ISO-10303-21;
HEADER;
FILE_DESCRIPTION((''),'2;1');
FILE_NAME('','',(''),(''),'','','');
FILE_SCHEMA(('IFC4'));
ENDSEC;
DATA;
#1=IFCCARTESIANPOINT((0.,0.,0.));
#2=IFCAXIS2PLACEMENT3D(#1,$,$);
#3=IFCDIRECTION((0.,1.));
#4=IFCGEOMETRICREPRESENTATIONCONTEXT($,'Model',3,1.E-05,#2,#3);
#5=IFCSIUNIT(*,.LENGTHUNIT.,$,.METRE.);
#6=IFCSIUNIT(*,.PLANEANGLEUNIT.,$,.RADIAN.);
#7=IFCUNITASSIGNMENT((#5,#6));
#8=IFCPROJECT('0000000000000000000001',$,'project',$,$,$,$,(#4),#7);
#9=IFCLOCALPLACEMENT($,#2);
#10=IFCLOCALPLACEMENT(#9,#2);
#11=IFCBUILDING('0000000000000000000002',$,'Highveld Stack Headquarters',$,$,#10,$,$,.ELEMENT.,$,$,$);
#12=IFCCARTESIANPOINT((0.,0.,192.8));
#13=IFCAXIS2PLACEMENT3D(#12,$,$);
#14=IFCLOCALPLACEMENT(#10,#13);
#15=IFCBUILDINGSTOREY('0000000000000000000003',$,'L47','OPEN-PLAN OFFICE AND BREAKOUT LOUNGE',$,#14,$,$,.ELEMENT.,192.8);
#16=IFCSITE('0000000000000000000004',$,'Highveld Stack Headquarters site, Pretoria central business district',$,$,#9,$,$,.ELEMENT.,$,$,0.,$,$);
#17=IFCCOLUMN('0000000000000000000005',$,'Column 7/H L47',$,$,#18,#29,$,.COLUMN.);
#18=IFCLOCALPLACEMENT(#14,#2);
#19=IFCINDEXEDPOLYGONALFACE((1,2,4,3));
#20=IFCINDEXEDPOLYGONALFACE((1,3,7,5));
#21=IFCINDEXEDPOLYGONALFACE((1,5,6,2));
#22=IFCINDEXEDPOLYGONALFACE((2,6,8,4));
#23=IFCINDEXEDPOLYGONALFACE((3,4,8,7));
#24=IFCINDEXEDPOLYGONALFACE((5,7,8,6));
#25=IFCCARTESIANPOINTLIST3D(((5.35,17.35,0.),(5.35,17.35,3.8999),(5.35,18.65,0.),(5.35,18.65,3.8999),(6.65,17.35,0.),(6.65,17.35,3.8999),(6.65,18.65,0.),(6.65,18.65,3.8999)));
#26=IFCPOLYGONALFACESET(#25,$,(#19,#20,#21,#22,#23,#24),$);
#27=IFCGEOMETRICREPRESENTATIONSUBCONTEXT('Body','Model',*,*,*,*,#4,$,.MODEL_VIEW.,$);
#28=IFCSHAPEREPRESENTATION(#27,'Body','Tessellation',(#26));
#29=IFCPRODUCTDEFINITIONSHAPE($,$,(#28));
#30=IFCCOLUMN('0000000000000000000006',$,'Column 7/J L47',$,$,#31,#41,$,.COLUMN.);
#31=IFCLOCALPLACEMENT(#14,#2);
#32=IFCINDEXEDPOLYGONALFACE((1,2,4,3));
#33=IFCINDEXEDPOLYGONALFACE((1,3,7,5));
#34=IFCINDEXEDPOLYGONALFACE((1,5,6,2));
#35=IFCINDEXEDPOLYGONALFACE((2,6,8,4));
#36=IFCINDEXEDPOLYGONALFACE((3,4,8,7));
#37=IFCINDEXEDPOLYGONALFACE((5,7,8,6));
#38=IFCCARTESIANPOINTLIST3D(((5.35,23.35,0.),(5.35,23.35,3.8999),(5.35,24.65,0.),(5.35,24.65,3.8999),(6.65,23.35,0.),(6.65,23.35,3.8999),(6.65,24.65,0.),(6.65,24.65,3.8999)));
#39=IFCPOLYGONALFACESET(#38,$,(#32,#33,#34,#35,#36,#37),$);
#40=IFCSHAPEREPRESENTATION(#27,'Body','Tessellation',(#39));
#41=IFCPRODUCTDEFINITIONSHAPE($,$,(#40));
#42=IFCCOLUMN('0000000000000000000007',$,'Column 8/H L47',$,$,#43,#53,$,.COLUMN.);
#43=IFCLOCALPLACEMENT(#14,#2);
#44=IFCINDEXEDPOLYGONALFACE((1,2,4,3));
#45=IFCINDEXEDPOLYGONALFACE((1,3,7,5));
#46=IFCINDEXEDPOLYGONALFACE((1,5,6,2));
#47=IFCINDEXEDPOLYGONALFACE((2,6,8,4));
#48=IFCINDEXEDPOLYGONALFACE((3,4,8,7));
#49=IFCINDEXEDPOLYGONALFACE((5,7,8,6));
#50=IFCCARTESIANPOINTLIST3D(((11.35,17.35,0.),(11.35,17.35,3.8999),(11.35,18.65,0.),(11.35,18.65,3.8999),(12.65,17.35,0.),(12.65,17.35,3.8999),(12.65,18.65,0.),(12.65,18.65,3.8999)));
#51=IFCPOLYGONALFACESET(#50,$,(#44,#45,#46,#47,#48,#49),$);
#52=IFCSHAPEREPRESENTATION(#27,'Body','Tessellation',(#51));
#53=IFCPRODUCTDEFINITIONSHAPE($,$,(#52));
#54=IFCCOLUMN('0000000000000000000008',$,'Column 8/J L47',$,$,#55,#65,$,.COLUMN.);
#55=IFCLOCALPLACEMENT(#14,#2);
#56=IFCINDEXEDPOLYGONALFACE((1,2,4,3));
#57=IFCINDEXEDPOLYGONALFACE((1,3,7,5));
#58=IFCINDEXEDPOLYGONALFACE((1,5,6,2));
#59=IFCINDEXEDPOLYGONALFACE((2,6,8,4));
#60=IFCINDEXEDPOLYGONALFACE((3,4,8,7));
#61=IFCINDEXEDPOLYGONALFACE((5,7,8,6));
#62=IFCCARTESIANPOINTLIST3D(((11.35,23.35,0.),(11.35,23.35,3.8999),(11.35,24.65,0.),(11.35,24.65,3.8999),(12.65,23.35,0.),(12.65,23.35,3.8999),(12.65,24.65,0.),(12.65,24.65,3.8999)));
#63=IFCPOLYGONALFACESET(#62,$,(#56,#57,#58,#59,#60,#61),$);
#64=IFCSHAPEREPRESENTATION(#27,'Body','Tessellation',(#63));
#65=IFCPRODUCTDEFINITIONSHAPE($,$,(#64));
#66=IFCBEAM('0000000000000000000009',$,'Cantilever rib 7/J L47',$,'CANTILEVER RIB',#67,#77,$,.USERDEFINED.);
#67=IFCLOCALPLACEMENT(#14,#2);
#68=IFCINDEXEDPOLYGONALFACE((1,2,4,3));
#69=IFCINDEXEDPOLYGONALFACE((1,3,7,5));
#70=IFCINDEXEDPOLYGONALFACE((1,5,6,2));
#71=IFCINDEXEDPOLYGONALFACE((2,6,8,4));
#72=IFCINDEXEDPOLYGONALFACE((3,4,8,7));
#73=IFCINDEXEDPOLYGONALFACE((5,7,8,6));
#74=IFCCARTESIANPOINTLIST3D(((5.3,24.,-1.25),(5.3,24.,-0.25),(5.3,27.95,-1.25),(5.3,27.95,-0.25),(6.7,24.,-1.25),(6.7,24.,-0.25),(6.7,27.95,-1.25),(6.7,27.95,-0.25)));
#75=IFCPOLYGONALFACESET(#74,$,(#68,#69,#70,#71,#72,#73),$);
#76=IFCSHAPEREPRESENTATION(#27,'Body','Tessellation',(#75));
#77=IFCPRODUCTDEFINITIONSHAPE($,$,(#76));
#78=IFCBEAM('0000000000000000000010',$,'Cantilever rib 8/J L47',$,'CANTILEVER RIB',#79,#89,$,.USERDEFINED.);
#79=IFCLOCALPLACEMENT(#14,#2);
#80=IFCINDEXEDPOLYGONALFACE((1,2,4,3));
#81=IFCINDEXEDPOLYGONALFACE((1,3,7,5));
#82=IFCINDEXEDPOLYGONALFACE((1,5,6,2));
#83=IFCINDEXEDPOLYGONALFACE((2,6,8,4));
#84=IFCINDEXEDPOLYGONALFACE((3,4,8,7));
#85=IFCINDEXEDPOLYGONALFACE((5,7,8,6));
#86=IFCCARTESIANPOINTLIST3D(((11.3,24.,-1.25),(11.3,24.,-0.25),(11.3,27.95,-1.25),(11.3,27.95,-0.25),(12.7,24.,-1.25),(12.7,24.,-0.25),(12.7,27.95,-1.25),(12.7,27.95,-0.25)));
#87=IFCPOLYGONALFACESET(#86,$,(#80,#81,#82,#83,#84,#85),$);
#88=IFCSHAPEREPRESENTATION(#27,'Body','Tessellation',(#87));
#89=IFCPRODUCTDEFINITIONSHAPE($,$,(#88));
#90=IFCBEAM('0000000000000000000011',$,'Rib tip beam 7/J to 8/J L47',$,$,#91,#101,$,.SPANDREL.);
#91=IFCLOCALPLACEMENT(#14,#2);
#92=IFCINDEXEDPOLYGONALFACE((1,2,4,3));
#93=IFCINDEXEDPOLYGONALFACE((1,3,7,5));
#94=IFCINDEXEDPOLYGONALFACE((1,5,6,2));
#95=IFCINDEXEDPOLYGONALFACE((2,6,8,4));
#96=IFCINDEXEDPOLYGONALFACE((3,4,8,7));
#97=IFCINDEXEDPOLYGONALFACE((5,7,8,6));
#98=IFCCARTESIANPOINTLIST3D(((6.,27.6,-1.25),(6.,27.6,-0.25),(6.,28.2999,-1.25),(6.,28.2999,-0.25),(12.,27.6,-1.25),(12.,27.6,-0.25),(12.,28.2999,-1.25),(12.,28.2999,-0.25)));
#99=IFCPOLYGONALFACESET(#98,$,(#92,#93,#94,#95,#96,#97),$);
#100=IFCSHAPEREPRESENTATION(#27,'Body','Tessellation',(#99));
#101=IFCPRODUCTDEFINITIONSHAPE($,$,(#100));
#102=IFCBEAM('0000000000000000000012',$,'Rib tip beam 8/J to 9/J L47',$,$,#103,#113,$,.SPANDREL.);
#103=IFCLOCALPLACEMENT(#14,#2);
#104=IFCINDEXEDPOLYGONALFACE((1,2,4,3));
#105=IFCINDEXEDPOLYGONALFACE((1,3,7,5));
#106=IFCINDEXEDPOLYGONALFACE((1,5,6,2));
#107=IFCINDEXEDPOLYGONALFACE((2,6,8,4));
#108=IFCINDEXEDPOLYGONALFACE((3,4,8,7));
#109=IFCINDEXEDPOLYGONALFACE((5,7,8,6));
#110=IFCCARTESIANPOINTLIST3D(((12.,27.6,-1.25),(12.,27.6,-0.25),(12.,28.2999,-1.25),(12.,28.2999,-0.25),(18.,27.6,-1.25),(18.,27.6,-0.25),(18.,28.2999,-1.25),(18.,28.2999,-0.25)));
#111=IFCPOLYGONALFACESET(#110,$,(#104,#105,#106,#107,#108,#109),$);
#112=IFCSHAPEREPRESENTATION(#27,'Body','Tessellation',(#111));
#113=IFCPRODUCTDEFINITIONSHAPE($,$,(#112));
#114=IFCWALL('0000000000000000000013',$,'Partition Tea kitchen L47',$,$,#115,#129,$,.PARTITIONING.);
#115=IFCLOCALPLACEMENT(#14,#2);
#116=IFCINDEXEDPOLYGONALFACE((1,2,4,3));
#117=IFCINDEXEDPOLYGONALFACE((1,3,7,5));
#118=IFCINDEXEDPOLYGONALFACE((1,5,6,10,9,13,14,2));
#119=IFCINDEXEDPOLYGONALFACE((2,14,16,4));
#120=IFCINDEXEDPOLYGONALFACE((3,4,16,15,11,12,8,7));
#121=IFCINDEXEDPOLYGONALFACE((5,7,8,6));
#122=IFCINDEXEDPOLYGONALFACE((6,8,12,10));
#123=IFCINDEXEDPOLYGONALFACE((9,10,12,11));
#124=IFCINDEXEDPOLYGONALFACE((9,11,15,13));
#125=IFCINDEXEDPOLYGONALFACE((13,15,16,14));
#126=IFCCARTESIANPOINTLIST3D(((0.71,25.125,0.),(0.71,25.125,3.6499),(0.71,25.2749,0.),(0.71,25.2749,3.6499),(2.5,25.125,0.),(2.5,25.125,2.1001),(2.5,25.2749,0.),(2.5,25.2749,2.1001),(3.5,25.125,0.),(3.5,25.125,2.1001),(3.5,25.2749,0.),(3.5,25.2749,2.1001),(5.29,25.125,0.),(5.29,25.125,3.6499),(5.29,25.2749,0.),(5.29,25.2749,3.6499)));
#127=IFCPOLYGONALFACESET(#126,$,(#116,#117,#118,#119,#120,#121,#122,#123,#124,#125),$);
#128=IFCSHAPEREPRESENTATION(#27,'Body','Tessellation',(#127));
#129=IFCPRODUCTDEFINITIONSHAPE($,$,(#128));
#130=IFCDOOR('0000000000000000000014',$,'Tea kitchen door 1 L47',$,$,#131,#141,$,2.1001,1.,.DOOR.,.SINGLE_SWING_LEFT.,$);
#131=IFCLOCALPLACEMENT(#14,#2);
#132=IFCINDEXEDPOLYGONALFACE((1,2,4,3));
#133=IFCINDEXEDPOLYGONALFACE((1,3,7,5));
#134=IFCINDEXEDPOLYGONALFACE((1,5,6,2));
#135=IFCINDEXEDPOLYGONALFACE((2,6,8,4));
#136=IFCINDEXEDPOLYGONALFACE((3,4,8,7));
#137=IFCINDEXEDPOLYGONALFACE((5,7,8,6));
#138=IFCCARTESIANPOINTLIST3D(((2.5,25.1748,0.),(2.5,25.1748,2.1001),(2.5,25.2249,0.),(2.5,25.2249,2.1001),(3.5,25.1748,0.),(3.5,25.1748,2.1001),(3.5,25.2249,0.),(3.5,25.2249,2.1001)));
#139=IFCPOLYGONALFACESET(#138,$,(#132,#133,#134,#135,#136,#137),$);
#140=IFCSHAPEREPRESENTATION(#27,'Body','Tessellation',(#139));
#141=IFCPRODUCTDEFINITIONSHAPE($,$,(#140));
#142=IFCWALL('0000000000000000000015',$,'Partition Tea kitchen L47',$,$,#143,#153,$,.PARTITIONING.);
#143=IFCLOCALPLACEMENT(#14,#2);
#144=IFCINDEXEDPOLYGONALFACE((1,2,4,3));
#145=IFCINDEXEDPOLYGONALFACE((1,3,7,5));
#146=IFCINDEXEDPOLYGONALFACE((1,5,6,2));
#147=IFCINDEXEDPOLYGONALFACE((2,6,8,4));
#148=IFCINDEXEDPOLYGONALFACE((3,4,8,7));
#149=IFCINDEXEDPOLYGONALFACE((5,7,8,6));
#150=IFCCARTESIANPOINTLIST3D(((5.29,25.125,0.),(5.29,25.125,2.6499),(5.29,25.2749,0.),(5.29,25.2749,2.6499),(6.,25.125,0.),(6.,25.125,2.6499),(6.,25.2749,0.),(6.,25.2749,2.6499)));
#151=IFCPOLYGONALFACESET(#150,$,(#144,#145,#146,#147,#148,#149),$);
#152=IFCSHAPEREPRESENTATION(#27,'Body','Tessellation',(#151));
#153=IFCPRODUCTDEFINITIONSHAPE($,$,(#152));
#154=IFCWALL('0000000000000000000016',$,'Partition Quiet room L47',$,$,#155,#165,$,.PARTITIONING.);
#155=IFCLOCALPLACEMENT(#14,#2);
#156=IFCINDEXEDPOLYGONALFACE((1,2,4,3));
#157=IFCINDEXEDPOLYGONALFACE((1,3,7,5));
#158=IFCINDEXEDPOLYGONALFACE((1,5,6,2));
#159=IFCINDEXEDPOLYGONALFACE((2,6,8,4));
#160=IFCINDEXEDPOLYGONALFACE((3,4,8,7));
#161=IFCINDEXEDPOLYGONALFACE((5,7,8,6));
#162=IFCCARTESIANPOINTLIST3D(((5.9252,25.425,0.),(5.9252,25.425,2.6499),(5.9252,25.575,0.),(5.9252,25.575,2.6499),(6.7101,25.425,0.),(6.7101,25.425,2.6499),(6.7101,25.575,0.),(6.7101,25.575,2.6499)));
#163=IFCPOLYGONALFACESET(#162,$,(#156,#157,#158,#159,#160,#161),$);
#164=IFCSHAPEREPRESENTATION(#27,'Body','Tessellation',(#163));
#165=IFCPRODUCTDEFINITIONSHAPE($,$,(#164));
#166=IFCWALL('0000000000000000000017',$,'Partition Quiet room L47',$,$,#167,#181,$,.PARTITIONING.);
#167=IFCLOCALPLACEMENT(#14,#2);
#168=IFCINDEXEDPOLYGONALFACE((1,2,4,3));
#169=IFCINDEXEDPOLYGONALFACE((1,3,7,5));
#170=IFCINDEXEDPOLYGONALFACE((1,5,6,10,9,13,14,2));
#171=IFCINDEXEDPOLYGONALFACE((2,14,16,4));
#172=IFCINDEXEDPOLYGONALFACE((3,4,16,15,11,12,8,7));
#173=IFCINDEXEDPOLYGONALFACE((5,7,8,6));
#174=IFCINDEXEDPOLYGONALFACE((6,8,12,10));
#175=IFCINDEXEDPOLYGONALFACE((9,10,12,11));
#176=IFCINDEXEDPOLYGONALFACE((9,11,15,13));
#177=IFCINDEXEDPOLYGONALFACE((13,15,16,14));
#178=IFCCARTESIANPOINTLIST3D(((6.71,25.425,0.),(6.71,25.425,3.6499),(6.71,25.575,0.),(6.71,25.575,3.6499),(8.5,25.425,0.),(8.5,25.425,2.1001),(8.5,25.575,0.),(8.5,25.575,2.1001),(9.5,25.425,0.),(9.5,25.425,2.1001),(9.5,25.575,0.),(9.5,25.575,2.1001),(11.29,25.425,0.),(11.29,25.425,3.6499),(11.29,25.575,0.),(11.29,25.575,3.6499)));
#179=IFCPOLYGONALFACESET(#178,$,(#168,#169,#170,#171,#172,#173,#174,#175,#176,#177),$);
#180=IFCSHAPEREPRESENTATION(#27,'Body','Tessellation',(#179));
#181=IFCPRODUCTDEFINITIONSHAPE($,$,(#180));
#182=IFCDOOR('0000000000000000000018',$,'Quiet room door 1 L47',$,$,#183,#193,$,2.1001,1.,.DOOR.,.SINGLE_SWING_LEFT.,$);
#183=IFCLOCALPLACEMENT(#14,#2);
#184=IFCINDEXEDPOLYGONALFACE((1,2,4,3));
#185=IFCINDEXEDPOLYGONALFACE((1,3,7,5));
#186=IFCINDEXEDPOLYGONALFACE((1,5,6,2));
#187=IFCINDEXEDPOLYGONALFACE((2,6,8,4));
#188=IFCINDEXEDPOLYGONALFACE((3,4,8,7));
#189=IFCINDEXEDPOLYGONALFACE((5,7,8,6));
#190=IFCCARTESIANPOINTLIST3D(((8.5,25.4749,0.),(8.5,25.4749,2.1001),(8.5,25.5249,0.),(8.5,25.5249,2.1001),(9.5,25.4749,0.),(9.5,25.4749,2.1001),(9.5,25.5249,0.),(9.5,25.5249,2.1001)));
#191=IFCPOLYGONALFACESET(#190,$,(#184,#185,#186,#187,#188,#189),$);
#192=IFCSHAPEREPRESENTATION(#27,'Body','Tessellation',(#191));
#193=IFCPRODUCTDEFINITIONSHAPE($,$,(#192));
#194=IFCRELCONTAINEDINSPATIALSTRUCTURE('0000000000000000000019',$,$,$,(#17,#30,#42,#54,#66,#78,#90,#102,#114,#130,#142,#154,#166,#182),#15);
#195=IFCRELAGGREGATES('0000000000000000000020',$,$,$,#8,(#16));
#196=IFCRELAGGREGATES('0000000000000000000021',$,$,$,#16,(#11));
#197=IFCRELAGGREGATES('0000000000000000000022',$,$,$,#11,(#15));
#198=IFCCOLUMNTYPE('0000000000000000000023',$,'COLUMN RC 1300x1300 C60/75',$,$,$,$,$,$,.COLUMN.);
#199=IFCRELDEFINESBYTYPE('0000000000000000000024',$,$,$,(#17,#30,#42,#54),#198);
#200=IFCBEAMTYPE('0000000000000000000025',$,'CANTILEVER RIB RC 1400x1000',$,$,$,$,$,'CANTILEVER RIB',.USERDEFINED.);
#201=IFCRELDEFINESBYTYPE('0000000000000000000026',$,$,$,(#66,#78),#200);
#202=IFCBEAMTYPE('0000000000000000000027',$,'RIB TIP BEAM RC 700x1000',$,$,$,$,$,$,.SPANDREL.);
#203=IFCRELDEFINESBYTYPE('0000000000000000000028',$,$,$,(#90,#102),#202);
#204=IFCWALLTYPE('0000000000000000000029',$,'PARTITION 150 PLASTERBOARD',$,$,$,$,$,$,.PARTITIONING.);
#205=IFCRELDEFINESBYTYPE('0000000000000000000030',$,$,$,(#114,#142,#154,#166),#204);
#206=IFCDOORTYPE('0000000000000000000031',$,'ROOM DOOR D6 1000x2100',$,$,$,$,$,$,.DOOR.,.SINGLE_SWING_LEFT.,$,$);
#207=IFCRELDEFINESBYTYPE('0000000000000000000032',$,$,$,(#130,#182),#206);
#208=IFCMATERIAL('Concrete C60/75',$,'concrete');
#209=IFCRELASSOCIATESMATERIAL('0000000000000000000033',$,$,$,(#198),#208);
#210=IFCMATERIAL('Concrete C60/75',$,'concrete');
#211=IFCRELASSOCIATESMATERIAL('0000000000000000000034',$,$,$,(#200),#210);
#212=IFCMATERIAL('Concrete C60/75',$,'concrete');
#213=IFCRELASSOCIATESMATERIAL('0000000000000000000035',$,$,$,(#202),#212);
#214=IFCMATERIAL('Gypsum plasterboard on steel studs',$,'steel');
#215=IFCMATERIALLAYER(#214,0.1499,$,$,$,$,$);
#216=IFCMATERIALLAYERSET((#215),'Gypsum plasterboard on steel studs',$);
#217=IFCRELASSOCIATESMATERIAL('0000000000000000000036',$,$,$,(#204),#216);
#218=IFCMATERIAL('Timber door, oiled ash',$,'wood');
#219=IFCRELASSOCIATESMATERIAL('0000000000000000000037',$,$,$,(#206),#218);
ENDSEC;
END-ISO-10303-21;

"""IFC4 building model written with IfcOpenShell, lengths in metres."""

from ifc_helpers import new_model, si_unit, direction, frame, frame_2d, origin, origin_2d, place, context, subcontext, project, spatial, rectangle, extrude, material, layer, layer_set, material_profile, profile_set, type_object, element, fill, save


model = new_model("IFC4")

# Units and contexts
model_context = context("Model", 3, precision=1e-05, world=origin(), true_north=direction((0.0, 1.0)))
body_context = subcontext(model_context, "Body", "Model", "MODEL_VIEW")
ifc_project = project(units=[si_unit("LENGTHUNIT", "METRE"), si_unit("PLANEANGLEUNIT", "RADIAN")], contexts=[model_context])

# Site, building, storey
site_placement = place(None, origin())
site = spatial("IfcSite", under=ifc_project, at=site_placement, Name="Highveld Stack Headquarters site, Pretoria central business district", CompositionType="ELEMENT", RefElevation=0.0)
building_placement = place(site_placement, origin())
building = spatial("IfcBuilding", under=site, at=building_placement, Name="Highveld Stack Headquarters", CompositionType="ELEMENT")
storey_placement = place(building_placement, frame((0.0, 0.0, 192.8)))
storey = spatial("IfcBuildingStorey", under=building, at=storey_placement, Name="L47", Description="OPEN-PLAN OFFICE AND BREAKOUT LOUNGE", CompositionType="ELEMENT", Elevation=192.8)

# Columns
ifc_material_1 = material(Name="Concrete C60/75", Category="concrete")
ifc_material_profile_1 = material_profile(ifc_material_1, rectangle(XDim=1.3, YDim=1.3, at=origin_2d()), Name="RC 1300x1300")
ifc_profile_set_1 = profile_set([ifc_material_profile_1], Name="Concrete C60/75")
column_type = type_object("IfcColumnType", Name="COLUMN RC 1300x1300 C60/75", PredefinedType="COLUMN", material=ifc_profile_set_1)
for number, where, z_axis, x_axis, name in (
    (1, (6.0, 18.0, 0.0), (0.0, 0.0, 1.0), (1.0, 0.0, 0.0), "Column 7/H L47"),
    (2, (6.0, 24.0, 0.0), (0.0, 0.0, 1.0), (1.0, 0.0, 0.0), "Column 7/J L47"),
    (3, (12.0, 18.0, 0.0), (0.0, 0.0, 1.0), (1.0, 0.0, 0.0), "Column 8/H L47"),
    (4, (12.0, 24.0, 0.0), (0.0, 0.0, 1.0), (1.0, 0.0, 0.0), "Column 8/J L47"),
):
    element("IfcColumn", number, at=place(storey_placement, frame(where, z_axis=z_axis, x_axis=x_axis)), inside=storey, type_object=column_type, Name=name, PredefinedType="COLUMN", context=body_context, shape_type="SweptSolid", body=[
        extrude(rectangle(XDim=1.3, YDim=1.3, at=origin_2d()), origin(), (0.0, 0.0, 1.0), 3.8999),
    ])

# Beams
ifc_material_2 = material(Name="Concrete C60/75", Category="concrete")
ifc_material_profile_2 = material_profile(ifc_material_2, rectangle(XDim=1.3999, YDim=1.0, at=origin_2d()), Name="RC 1400x1000")
ifc_profile_set_2 = profile_set([ifc_material_profile_2], Name="Concrete C60/75")
beam_type_1 = type_object("IfcBeamType", Name="CANTILEVER RIB RC 1400x1000", ElementType="CANTILEVER RIB", PredefinedType="USERDEFINED", material=ifc_profile_set_2)
for number, where, z_axis, x_axis, name in (
    (5, (6.0, 24.0, -0.75), (0.0, 1.0, 0.0), (-1.0, 0.0, 0.0), "Cantilever rib 7/J L47"),
    (6, (12.0, 24.0, -0.75), (0.0, 1.0, 0.0), (-1.0, 0.0, 0.0), "Cantilever rib 8/J L47"),
):
    element("IfcBeam", number, at=place(storey_placement, frame(where, z_axis=z_axis, x_axis=x_axis)), inside=storey, type_object=beam_type_1, Name=name, ObjectType="CANTILEVER RIB", PredefinedType="USERDEFINED", context=body_context, shape_type="SweptSolid", body=[
        extrude(rectangle(XDim=1.3999, YDim=1.0, at=origin_2d()), origin(), (0.0, 0.0, 1.0), 3.95),
    ])
ifc_material_3 = material(Name="Concrete C60/75", Category="concrete")
ifc_material_profile_3 = material_profile(ifc_material_3, rectangle(XDim=0.7, YDim=1.0, at=origin_2d()), Name="RC 700x1000")
ifc_profile_set_3 = profile_set([ifc_material_profile_3], Name="Concrete C60/75")
beam_type_2 = type_object("IfcBeamType", Name="RIB TIP BEAM RC 700x1000", PredefinedType="SPANDREL", material=ifc_profile_set_3)
for number, where, z_axis, x_axis, name in (
    (7, (6.0, 27.95, -0.75), (1.0, 0.0, 0.0), (0.0, 1.0, 0.0), "Rib tip beam 7/J to 8/J L47"),
    (8, (12.0, 27.95, -0.75), (1.0, 0.0, 0.0), (0.0, 1.0, 0.0), "Rib tip beam 8/J to 9/J L47"),
):
    element("IfcBeam", number, at=place(storey_placement, frame(where, z_axis=z_axis, x_axis=x_axis)), inside=storey, type_object=beam_type_2, Name=name, PredefinedType="SPANDREL", context=body_context, shape_type="SweptSolid", body=[
        extrude(rectangle(XDim=0.7, YDim=1.0, at=origin_2d()), origin(), (0.0, 0.0, 1.0), 6.0),
    ])

# Wall, opening, door
ifc_material_4 = material(Name="Gypsum plasterboard on steel studs", Category="steel")
ifc_layer = layer(ifc_material_4, 0.1499)
ifc_layer_set = layer_set([ifc_layer], Name="Gypsum plasterboard on steel studs")
wall_type = type_object("IfcWallType", Name="PARTITION 150 PLASTERBOARD", PredefinedType="PARTITIONING", material=ifc_layer_set)
wall_1_placement = place(storey_placement, frame((0.71, 25.2, 0.0), z_axis=(0.0, 0.0, 1.0), x_axis=(1.0, 0.0, 0.0)))
wall_1 = element("IfcWall", 9, at=wall_1_placement, inside=storey, type_object=wall_type, Name="Partition Tea kitchen L47", PredefinedType="PARTITIONING", context=body_context, shape_type="SweptSolid", body=[
    extrude(rectangle(XDim=4.5801, YDim=0.1499, at=frame_2d((2.29, 0.0))), origin(), (0.0, 0.0, 1.0), 3.6499),
])
opening_1_placement = place(wall_1_placement, frame((1.79, 0.0, 0.0)))
opening_1 = element("IfcOpeningElement", 10, at=opening_1_placement, cuts=wall_1, PredefinedType="OPENING", context=body_context, shape_type="SweptSolid", body=[
    extrude(rectangle(XDim=1.0, YDim=2.1001, at=frame_2d((0.5, 1.05))), frame((0.0, 0.085, 0.0), z_axis=(0.0, -1.0, 0.0), x_axis=(1.0, 0.0, 0.0)), (0.0, 0.0, 1.0), 0.1699),
])
ifc_material_5 = material(Name="Timber door, oiled ash", Category="wood")
door_type = type_object("IfcDoorType", Name="ROOM DOOR D6 1000x2100", OperationType="SINGLE_SWING_LEFT", PredefinedType="DOOR", material=ifc_material_5)
door_1_placement = place(opening_1_placement, origin())
door_1 = element("IfcDoor", 11, at=door_1_placement, inside=storey, type_object=door_type, Name="Tea kitchen door 1 L47", OperationType="SINGLE_SWING_LEFT", OverallHeight=2.1001, OverallWidth=1.0, PredefinedType="DOOR", context=body_context, shape_type="SweptSolid", body=[
    extrude(rectangle(XDim=1.0, YDim=2.1001, at=frame_2d((0.5, 1.05))), frame((0.0, 0.0249, 0.0), z_axis=(0.0, -1.0, 0.0), x_axis=(1.0, 0.0, 0.0)), (0.0, 0.0, 1.0), 0.05),
])
fill(opening_1, door_1)

# Walls
wall_2_placement = place(storey_placement, frame((5.29, 25.2, 0.0), z_axis=(0.0, 0.0, 1.0), x_axis=(1.0, 0.0, 0.0)))
element("IfcWall", 12, at=wall_2_placement, inside=storey, type_object=wall_type, Name="Partition Tea kitchen L47", PredefinedType="PARTITIONING", context=body_context, shape_type="SweptSolid", body=[
    extrude(rectangle(XDim=0.71, YDim=0.1499, at=frame_2d((0.355, 0.0))), origin(), (0.0, 0.0, 1.0), 2.6499),
])
wall_3_placement = place(storey_placement, frame((5.925, 25.5, 0.0), z_axis=(0.0, 0.0, 1.0), x_axis=(1.0, 0.0, 0.0)))
element("IfcWall", 13, at=wall_3_placement, inside=storey, type_object=wall_type, Name="Partition Quiet room L47", PredefinedType="PARTITIONING", context=body_context, shape_type="SweptSolid", body=[
    extrude(rectangle(XDim=0.7849, YDim=0.1499, at=frame_2d((0.3926, 0.0))), origin(), (0.0, 0.0, 1.0), 2.6499),
])

# Wall, opening, door
wall_4_placement = place(storey_placement, frame((6.71, 25.5, 0.0), z_axis=(0.0, 0.0, 1.0), x_axis=(1.0, 0.0, 0.0)))
wall_4 = element("IfcWall", 14, at=wall_4_placement, inside=storey, type_object=wall_type, Name="Partition Quiet room L47", PredefinedType="PARTITIONING", context=body_context, shape_type="SweptSolid", body=[
    extrude(rectangle(XDim=4.5801, YDim=0.1499, at=frame_2d((2.29, 0.0))), origin(), (0.0, 0.0, 1.0), 3.6499),
])
opening_2_placement = place(wall_4_placement, frame((1.79, 0.0, 0.0)))
opening_2 = element("IfcOpeningElement", 15, at=opening_2_placement, cuts=wall_4, PredefinedType="OPENING", context=body_context, shape_type="SweptSolid", body=[
    extrude(rectangle(XDim=1.0, YDim=2.1001, at=frame_2d((0.5, 1.05))), frame((0.0, 0.085, 0.0), z_axis=(0.0, -1.0, 0.0), x_axis=(1.0, 0.0, 0.0)), (0.0, 0.0, 1.0), 0.1699),
])
door_2_placement = place(opening_2_placement, origin())
door_2 = element("IfcDoor", 16, at=door_2_placement, inside=storey, type_object=door_type, Name="Quiet room door 1 L47", OperationType="SINGLE_SWING_LEFT", OverallHeight=2.1001, OverallWidth=1.0, PredefinedType="DOOR", context=body_context, shape_type="SweptSolid", body=[
    extrude(rectangle(XDim=1.0, YDim=2.1001, at=frame_2d((0.5, 1.05))), frame((0.0, 0.0249, 0.0), z_axis=(0.0, -1.0, 0.0), x_axis=(1.0, 0.0, 0.0)), (0.0, 0.0, 1.0), 0.05),
])
fill(opening_2, door_2)

save(model, "model.ifc")
